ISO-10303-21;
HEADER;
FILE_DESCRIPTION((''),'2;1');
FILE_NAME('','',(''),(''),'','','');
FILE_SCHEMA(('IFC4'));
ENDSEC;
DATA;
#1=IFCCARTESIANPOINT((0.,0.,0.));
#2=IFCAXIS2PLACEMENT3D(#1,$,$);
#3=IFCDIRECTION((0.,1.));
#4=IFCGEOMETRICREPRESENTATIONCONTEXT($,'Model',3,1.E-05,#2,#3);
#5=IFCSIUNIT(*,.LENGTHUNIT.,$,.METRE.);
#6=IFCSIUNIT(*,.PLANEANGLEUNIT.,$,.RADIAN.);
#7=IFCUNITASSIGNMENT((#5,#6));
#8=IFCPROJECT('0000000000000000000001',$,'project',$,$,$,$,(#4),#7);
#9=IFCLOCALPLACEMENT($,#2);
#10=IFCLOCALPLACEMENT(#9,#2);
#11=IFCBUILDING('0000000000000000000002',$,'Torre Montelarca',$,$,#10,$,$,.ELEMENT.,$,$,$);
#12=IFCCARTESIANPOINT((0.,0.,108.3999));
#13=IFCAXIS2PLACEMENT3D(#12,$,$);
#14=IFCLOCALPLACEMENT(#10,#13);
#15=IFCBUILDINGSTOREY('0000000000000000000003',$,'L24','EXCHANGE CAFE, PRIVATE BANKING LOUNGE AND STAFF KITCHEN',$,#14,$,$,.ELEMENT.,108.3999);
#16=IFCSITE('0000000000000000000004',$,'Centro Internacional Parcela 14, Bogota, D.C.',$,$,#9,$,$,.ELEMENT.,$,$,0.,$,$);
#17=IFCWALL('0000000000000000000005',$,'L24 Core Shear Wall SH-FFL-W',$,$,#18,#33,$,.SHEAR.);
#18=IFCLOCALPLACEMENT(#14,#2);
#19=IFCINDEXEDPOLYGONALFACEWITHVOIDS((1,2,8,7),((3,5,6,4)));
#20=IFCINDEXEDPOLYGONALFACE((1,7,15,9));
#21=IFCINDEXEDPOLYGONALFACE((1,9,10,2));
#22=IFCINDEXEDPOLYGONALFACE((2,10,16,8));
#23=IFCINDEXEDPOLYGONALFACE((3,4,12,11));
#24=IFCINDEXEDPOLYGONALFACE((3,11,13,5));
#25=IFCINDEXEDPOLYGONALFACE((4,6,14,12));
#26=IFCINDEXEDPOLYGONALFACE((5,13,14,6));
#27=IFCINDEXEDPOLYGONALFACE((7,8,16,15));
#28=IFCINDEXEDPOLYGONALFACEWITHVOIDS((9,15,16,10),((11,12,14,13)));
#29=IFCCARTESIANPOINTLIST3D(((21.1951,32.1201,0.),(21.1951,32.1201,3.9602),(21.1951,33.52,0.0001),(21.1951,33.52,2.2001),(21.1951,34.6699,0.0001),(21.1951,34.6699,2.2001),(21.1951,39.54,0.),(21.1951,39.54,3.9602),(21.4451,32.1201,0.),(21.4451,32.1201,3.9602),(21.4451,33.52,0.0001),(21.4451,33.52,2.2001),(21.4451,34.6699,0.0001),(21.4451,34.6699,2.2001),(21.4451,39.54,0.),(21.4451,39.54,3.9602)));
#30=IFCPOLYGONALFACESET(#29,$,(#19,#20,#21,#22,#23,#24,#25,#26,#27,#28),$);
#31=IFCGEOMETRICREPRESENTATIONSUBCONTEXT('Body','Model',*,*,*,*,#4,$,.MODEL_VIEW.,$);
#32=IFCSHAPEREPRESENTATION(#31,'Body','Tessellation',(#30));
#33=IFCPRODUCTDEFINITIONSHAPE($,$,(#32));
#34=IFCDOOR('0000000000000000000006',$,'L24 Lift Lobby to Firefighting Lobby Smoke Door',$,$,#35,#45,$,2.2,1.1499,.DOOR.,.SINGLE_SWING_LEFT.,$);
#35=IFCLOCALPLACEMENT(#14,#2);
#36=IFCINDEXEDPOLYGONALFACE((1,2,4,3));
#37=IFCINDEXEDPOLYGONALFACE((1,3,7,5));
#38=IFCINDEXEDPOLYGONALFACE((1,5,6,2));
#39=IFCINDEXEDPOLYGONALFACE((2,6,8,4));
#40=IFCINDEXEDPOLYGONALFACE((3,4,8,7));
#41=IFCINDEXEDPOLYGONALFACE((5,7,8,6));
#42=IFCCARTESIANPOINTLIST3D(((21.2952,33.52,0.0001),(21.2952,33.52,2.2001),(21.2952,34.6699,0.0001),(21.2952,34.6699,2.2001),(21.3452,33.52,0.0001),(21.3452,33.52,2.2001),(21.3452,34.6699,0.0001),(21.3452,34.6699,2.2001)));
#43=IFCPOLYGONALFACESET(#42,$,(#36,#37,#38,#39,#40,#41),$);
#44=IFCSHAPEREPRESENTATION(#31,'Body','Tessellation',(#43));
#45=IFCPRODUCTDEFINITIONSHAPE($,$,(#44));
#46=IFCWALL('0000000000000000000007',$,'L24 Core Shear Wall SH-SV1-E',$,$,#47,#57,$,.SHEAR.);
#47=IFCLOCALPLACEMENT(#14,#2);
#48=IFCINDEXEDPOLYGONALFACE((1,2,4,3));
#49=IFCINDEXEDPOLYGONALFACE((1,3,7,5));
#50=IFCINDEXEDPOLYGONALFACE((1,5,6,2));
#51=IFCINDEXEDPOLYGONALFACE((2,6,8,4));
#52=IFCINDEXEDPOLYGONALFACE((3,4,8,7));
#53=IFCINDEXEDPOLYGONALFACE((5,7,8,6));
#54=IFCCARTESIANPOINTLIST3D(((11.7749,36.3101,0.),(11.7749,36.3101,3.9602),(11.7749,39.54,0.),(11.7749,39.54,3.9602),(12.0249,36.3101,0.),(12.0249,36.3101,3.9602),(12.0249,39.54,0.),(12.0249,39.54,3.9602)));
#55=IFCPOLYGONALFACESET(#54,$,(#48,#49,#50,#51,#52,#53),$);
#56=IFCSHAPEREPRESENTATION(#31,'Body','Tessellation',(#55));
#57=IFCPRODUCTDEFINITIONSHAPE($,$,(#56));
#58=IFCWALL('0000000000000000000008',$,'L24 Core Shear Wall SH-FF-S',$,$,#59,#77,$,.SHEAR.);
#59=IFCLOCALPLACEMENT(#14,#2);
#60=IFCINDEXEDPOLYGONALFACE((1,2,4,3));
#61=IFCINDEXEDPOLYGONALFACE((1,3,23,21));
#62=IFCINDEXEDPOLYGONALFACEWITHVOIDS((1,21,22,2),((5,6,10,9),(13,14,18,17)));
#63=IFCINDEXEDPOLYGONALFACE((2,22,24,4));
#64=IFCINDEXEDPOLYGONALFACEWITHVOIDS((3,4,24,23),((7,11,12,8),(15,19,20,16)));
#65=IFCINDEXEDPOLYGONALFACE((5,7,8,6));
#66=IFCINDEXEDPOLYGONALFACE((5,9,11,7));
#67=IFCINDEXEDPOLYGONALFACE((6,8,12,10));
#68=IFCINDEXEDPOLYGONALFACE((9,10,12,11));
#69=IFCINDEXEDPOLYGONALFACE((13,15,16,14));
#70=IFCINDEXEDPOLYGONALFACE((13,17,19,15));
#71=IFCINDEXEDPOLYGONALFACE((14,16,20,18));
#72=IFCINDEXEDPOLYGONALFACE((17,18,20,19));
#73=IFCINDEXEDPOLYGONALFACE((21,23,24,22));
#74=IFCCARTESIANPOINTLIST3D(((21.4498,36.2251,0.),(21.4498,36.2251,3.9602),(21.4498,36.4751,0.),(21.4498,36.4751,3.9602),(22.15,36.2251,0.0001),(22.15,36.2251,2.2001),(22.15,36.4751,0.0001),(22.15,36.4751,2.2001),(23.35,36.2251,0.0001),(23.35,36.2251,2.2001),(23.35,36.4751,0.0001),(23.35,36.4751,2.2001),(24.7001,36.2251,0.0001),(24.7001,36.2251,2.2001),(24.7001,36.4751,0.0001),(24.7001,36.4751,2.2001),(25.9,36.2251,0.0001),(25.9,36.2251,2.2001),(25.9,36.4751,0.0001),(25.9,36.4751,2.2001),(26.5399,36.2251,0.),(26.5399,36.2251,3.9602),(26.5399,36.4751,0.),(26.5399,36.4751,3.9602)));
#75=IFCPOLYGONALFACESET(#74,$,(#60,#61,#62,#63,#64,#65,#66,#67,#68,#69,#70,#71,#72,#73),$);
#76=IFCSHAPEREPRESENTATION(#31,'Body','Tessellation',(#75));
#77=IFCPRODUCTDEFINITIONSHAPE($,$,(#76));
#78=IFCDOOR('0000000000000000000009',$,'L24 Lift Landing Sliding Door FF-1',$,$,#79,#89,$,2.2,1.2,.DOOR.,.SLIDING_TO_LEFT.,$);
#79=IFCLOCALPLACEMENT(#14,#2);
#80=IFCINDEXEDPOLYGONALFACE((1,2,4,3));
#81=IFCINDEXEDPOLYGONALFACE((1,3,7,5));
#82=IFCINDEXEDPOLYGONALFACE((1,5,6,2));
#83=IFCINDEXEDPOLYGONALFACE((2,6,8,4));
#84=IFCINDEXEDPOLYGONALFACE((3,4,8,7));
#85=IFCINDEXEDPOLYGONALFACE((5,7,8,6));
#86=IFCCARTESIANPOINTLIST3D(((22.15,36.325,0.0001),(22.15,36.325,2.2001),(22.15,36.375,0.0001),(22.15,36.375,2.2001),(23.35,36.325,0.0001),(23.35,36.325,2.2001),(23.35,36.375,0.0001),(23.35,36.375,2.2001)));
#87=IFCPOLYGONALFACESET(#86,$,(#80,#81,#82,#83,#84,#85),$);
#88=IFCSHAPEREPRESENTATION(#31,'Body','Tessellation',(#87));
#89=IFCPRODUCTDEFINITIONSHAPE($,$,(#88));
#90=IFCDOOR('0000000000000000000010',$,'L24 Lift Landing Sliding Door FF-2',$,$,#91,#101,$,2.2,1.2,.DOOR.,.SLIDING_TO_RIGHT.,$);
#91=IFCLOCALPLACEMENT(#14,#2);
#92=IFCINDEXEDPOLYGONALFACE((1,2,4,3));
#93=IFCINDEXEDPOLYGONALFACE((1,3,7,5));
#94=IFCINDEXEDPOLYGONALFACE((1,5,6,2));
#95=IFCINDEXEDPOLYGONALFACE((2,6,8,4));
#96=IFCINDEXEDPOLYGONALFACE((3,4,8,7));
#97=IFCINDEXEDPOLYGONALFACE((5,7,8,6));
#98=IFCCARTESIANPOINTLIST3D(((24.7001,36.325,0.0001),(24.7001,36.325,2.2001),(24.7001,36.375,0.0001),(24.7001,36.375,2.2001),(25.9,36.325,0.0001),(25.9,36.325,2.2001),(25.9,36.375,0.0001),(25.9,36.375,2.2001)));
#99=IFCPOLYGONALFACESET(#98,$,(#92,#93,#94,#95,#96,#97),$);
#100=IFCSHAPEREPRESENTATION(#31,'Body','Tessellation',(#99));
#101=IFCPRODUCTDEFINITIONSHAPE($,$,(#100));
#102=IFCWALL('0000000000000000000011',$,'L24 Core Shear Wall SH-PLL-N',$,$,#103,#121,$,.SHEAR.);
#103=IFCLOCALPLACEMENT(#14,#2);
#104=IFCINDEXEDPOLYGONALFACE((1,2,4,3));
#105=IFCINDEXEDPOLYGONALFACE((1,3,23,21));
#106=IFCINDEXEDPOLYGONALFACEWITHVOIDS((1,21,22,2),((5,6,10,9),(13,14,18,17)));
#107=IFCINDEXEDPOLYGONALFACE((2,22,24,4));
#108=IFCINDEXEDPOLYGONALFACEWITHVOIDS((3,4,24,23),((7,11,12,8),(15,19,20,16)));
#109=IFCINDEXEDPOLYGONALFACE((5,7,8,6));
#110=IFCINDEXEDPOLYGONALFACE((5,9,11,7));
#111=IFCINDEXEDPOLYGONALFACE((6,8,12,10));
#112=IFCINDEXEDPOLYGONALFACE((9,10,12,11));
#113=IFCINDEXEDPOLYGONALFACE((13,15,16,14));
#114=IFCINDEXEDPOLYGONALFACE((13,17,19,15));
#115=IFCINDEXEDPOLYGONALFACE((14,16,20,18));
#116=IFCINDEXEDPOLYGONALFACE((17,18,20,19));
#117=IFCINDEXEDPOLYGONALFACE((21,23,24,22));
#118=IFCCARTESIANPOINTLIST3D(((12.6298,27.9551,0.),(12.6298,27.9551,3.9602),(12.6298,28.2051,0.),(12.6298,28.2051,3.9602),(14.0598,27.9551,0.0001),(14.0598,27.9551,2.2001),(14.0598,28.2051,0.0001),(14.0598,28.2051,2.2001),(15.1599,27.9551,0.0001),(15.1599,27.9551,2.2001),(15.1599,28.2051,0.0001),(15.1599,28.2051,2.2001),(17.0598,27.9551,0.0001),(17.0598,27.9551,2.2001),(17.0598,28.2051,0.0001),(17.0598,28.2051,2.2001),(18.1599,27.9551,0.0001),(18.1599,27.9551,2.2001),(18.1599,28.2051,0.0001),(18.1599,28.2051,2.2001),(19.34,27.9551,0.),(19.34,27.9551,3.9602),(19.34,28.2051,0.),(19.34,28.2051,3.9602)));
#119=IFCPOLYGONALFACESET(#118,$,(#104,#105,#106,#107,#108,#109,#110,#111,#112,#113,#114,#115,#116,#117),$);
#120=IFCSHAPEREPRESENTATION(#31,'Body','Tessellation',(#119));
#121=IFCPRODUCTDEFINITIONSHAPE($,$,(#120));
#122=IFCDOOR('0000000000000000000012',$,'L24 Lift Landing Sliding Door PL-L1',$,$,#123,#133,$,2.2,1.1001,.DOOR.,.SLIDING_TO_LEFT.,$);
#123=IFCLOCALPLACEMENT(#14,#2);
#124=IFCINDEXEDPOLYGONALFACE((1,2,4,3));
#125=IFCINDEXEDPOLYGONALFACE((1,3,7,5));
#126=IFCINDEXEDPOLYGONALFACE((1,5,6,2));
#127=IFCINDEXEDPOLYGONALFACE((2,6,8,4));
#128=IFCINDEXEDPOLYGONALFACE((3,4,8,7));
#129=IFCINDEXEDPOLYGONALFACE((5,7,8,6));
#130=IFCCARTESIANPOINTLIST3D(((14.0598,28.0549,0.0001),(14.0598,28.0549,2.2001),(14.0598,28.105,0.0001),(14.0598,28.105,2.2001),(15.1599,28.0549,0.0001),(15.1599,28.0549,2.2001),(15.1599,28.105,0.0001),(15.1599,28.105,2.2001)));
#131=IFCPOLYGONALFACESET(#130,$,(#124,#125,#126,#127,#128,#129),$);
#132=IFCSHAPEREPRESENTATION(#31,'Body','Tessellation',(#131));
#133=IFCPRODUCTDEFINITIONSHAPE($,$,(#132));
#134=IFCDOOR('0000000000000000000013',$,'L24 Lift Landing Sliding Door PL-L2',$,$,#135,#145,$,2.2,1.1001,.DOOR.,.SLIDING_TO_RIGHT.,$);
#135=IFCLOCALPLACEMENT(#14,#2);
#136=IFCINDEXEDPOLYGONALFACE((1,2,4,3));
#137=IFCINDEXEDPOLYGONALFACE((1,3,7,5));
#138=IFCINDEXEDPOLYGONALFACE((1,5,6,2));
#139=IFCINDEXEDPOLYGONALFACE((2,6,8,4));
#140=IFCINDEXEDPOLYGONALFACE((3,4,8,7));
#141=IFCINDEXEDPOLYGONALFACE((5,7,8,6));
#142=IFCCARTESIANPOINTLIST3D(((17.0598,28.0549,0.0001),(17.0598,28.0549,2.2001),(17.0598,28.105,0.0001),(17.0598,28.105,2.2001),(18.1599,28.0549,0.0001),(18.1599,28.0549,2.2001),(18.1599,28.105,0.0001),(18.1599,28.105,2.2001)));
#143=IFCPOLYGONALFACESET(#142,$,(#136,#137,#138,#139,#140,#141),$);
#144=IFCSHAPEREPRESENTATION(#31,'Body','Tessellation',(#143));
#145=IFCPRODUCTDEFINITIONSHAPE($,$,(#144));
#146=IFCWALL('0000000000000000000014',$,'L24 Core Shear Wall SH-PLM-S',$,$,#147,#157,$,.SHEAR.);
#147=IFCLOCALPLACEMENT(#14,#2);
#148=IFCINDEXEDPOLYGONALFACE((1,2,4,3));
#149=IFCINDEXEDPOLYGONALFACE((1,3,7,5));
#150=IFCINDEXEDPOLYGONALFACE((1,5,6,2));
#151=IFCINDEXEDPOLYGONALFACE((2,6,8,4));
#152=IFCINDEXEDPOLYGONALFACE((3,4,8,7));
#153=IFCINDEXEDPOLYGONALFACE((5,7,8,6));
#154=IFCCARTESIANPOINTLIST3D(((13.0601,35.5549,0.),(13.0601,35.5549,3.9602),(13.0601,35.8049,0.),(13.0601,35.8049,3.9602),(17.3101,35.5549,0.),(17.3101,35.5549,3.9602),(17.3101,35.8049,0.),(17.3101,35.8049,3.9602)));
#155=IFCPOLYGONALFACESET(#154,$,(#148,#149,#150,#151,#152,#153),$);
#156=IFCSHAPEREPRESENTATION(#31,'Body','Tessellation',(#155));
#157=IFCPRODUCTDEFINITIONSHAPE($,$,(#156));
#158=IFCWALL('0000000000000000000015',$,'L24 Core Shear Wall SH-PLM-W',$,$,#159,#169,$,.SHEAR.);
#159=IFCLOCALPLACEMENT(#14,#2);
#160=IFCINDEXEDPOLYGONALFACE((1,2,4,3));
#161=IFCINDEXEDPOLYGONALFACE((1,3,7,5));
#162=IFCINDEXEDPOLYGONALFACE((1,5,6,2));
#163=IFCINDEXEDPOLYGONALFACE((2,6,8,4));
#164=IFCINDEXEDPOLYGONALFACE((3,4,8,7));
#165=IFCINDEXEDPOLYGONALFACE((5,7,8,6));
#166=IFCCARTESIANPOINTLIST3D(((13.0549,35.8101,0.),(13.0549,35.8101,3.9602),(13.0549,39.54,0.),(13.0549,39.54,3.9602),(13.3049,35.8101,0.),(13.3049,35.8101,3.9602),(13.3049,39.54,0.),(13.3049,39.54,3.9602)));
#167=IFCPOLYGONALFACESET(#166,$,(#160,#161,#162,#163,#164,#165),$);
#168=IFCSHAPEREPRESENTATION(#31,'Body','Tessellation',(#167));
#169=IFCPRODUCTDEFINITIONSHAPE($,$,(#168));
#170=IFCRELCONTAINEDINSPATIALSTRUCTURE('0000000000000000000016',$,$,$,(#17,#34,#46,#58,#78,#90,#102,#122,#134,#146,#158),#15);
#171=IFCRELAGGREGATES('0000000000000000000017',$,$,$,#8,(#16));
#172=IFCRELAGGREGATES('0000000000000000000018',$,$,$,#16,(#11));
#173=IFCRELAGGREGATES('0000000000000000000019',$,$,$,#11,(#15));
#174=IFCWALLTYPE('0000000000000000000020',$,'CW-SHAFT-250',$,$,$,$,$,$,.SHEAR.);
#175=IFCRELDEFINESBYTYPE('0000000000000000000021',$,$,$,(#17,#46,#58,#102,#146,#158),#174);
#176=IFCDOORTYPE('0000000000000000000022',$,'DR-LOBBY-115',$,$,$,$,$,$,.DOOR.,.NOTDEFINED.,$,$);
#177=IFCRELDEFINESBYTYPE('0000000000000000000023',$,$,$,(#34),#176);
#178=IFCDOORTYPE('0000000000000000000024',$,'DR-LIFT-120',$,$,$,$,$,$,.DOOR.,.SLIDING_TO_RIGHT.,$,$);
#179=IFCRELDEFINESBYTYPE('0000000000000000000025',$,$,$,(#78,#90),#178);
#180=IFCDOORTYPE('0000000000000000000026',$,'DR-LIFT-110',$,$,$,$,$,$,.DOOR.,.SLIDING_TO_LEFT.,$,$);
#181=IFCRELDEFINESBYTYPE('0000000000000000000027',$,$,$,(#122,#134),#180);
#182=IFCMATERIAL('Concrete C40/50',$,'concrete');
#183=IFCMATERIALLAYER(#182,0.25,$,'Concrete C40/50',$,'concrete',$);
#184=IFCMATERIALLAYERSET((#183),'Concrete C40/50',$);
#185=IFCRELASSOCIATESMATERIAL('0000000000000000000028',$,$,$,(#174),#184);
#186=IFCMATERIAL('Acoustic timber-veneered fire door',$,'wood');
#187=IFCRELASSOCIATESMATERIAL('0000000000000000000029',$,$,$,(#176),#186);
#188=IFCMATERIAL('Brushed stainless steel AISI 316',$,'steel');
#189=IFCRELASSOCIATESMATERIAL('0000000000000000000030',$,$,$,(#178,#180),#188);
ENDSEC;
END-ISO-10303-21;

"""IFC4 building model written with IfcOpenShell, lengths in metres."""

from ifc_helpers import new_model, si_unit, direction, frame, frame_2d, origin, place, context, subcontext, project, spatial, rectangle, extrude, source, transform, mapped, material, layer, layer_set, type_object, element, fill, save


model = new_model("IFC4")

# Units and contexts
model_context = context("Model", 3, precision=1e-05, world=origin(), true_north=direction((0.0, 1.0)))
body_context = subcontext(model_context, "Body", "Model", "MODEL_VIEW")
ifc_project = project(units=[si_unit("LENGTHUNIT", "METRE"), si_unit("PLANEANGLEUNIT", "RADIAN")], contexts=[model_context])

# Site, building, storey
site_placement = place(None, origin())
site = spatial("IfcSite", under=ifc_project, at=site_placement, Name="Centro Internacional Parcela 14, Bogota, D.C.", CompositionType="ELEMENT", RefElevation=0.0)
building_placement = place(site_placement, origin())
building = spatial("IfcBuilding", under=site, at=building_placement, Name="Torre Montelarca", CompositionType="ELEMENT")
storey_placement = place(building_placement, frame((0.0, 0.0, 108.3999)))
storey = spatial("IfcBuildingStorey", under=building, at=storey_placement, Name="L24", Description="EXCHANGE CAFE, PRIVATE BANKING LOUNGE AND STAFF KITCHEN", CompositionType="ELEMENT", Elevation=108.3999)

# Wall, opening, door
ifc_material_1 = material(Name="Concrete C40/50", Category="concrete")
ifc_layer_1 = layer(ifc_material_1, 0.25, Name="Concrete C40/50", Category="concrete")
ifc_layer_set_1 = layer_set([ifc_layer_1], Name="Concrete C40/50")
wall_type_1 = type_object("IfcWallType", Name="CW-SHAFT-250", PredefinedType="SHEAR", material=ifc_layer_set_1)
wall_1_placement = place(storey_placement, frame((21.3201, 32.1201, 0.0), z_axis=(0.0, 0.0, 1.0), x_axis=(0.0, 1.0, 0.0)))
wall_1 = element("IfcWall", 1, at=wall_1_placement, inside=storey, type_object=wall_type_1, Name="L24 Core Shear Wall SH-FFL-W", PredefinedType="SHEAR", context=body_context, shape_type="SweptSolid", body=[
    extrude(rectangle(XDim=7.4199, YDim=0.25, at=frame_2d((3.71, 0.0))), origin(), (0.0, 0.0, 1.0), 3.9602),
])
opening_1_placement = place(wall_1_placement, frame((1.3999, 0.0, 0.0)))
opening_1 = element("IfcOpeningElement", 2, at=opening_1_placement, cuts=wall_1, PredefinedType="OPENING", context=body_context, shape_type="SweptSolid", body=[
    extrude(rectangle(XDim=1.1499, YDim=2.2, at=frame_2d((0.575, 1.1001))), frame((0.0, 0.135, 0.0), z_axis=(0.0, -1.0, 0.0), x_axis=(1.0, 0.0, 0.0)), (0.0, 0.0, 1.0), 0.27),
])
ifc_material_2 = material(Name="Acoustic timber-veneered fire door", Category="wood")
door_type_1 = type_object("IfcDoorType", Name="DR-LOBBY-115", OperationType="NOTDEFINED", PredefinedType="DOOR", material=ifc_material_2)
shared_shape_1 = source(origin(), body_context, "Body", "SweptSolid", [
    extrude(rectangle(XDim=1.1499, YDim=2.2, at=frame_2d((0.575, 1.1001))), frame((0.0, 0.0249, 0.0), z_axis=(0.0, -1.0, 0.0), x_axis=(1.0, 0.0, 0.0)), (0.0, 0.0, 1.0), 0.05),
])
door_1_placement = place(opening_1_placement, origin())
door_1 = element("IfcDoor", 3, at=door_1_placement, inside=storey, type_object=door_type_1, Name="L24 Lift Lobby to Firefighting Lobby Smoke Door", OperationType="SINGLE_SWING_LEFT", OverallHeight=2.2, OverallWidth=1.1499, PredefinedType="DOOR", context=body_context, shape_type="MappedRepresentation", body=[
    mapped(shared_shape_1, transform((0.0, 0.0, 0.0), scale=1.0)),
])
fill(opening_1, door_1)

# Wall
wall_2_placement = place(storey_placement, frame((11.8999, 36.3101, 0.0), z_axis=(0.0, 0.0, 1.0), x_axis=(0.0, 1.0, 0.0)))
element("IfcWall", 4, at=wall_2_placement, inside=storey, type_object=wall_type_1, Name="L24 Core Shear Wall SH-SV1-E", PredefinedType="SHEAR", context=body_context, shape_type="SweptSolid", body=[
    extrude(rectangle(XDim=3.23, YDim=0.25, at=frame_2d((1.615, 0.0))), origin(), (0.0, 0.0, 1.0), 3.9602),
])

# Walls, openings, doors
wall_3_placement = place(storey_placement, frame((21.45, 36.3501, 0.0), z_axis=(0.0, 0.0, 1.0), x_axis=(1.0, 0.0, 0.0)))
wall_3 = element("IfcWall", 5, at=wall_3_placement, inside=storey, type_object=wall_type_1, Name="L24 Core Shear Wall SH-FF-S", PredefinedType="SHEAR", context=body_context, shape_type="SweptSolid", body=[
    extrude(rectangle(XDim=5.0901, YDim=0.25, at=frame_2d((2.5449, 0.0))), origin(), (0.0, 0.0, 1.0), 3.9602),
])
opening_2_placement = place(wall_3_placement, frame((0.7, 0.0, 0.0)))
opening_2 = element("IfcOpeningElement", 6, at=opening_2_placement, cuts=wall_3, PredefinedType="OPENING", context=body_context, shape_type="SweptSolid", body=[
    extrude(rectangle(XDim=1.2, YDim=2.2, at=frame_2d((0.6001, 1.1001))), frame((0.0, 0.135, 0.0), z_axis=(0.0, -1.0, 0.0), x_axis=(1.0, 0.0, 0.0)), (0.0, 0.0, 1.0), 0.27),
])
opening_3_placement = place(wall_3_placement, frame((3.25, 0.0, 0.0)))
opening_3 = element("IfcOpeningElement", 7, at=opening_3_placement, cuts=wall_3, PredefinedType="OPENING", context=body_context, shape_type="SweptSolid", body=[
    extrude(rectangle(XDim=1.2, YDim=2.2, at=frame_2d((0.6001, 1.1001))), frame((0.0, 0.135, 0.0), z_axis=(0.0, -1.0, 0.0), x_axis=(1.0, 0.0, 0.0)), (0.0, 0.0, 1.0), 0.27),
])
ifc_material_3 = material(Name="Brushed stainless steel AISI 316", Category="steel")
door_type_2 = type_object("IfcDoorType", Name="DR-LIFT-120", OperationType="SLIDING_TO_RIGHT", PredefinedType="DOOR", material=ifc_material_3)
shared_shape_2 = source(origin(), body_context, "Body", "SweptSolid", [
    extrude(rectangle(XDim=1.2, YDim=2.2, at=frame_2d((0.6001, 1.1001))), frame((0.0, 0.0249, 0.0), z_axis=(0.0, -1.0, 0.0), x_axis=(1.0, 0.0, 0.0)), (0.0, 0.0, 1.0), 0.05),
])
door_2_placement = place(opening_2_placement, origin())
door_2 = element("IfcDoor", 8, at=door_2_placement, inside=storey, type_object=door_type_2, Name="L24 Lift Landing Sliding Door FF-1", OperationType="SLIDING_TO_LEFT", OverallHeight=2.2, OverallWidth=1.2, PredefinedType="DOOR", context=body_context, shape_type="MappedRepresentation", body=[
    mapped(shared_shape_2, transform((0.0, 0.0, 0.0), scale=1.0)),
])
fill(opening_2, door_2)
door_3_placement = place(opening_3_placement, origin())
door_3 = element("IfcDoor", 9, at=door_3_placement, inside=storey, type_object=door_type_2, Name="L24 Lift Landing Sliding Door FF-2", OperationType="SLIDING_TO_RIGHT", OverallHeight=2.2, OverallWidth=1.2, PredefinedType="DOOR", context=body_context, shape_type="MappedRepresentation", body=[
    mapped(shared_shape_2, transform((0.0, 0.0, 0.0), scale=1.0)),
])
fill(opening_3, door_3)
wall_4_placement = place(storey_placement, frame((12.6299, 28.0801, 0.0), z_axis=(0.0, 0.0, 1.0), x_axis=(1.0, 0.0, 0.0)))
wall_4 = element("IfcWall", 10, at=wall_4_placement, inside=storey, type_object=wall_type_1, Name="L24 Core Shear Wall SH-PLL-N", PredefinedType="SHEAR", context=body_context, shape_type="SweptSolid", body=[
    extrude(rectangle(XDim=6.7102, YDim=0.25, at=frame_2d((3.355, 0.0))), origin(), (0.0, 0.0, 1.0), 3.9602),
])
opening_4_placement = place(wall_4_placement, frame((1.4299, 0.0, 0.0)))
opening_4 = element("IfcOpeningElement", 11, at=opening_4_placement, cuts=wall_4, PredefinedType="OPENING", context=body_context, shape_type="SweptSolid", body=[
    extrude(rectangle(XDim=1.1001, YDim=2.2, at=frame_2d((0.55, 1.1001))), frame((0.0, 0.135, 0.0), z_axis=(0.0, -1.0, 0.0), x_axis=(1.0, 0.0, 0.0)), (0.0, 0.0, 1.0), 0.27),
])
opening_5_placement = place(wall_4_placement, frame((4.4299, 0.0, 0.0)))
opening_5 = element("IfcOpeningElement", 12, at=opening_5_placement, cuts=wall_4, PredefinedType="OPENING", context=body_context, shape_type="SweptSolid", body=[
    extrude(rectangle(XDim=1.1001, YDim=2.2, at=frame_2d((0.55, 1.1001))), frame((0.0, 0.135, 0.0), z_axis=(0.0, -1.0, 0.0), x_axis=(1.0, 0.0, 0.0)), (0.0, 0.0, 1.0), 0.27),
])
door_type_3 = type_object("IfcDoorType", Name="DR-LIFT-110", OperationType="SLIDING_TO_LEFT", PredefinedType="DOOR", material=ifc_material_3)
shared_shape_3 = source(origin(), body_context, "Body", "SweptSolid", [
    extrude(rectangle(XDim=1.1001, YDim=2.2, at=frame_2d((0.55, 1.1001))), frame((0.0, 0.0249, 0.0), z_axis=(0.0, -1.0, 0.0), x_axis=(1.0, 0.0, 0.0)), (0.0, 0.0, 1.0), 0.05),
])
door_4_placement = place(opening_4_placement, origin())
door_4 = element("IfcDoor", 13, at=door_4_placement, inside=storey, type_object=door_type_3, Name="L24 Lift Landing Sliding Door PL-L1", OperationType="SLIDING_TO_LEFT", OverallHeight=2.2, OverallWidth=1.1001, PredefinedType="DOOR", context=body_context, shape_type="MappedRepresentation", body=[
    mapped(shared_shape_3, transform((0.0, 0.0, 0.0), scale=1.0)),
])
fill(opening_4, door_4)
door_5_placement = place(opening_5_placement, origin())
door_5 = element("IfcDoor", 14, at=door_5_placement, inside=storey, type_object=door_type_3, Name="L24 Lift Landing Sliding Door PL-L2", OperationType="SLIDING_TO_RIGHT", OverallHeight=2.2, OverallWidth=1.1001, PredefinedType="DOOR", context=body_context, shape_type="MappedRepresentation", body=[
    mapped(shared_shape_3, transform((0.0, 0.0, 0.0), scale=1.0)),
])
fill(opening_5, door_5)

# Walls
wall_5_placement = place(storey_placement, frame((13.0601, 35.6799, 0.0), z_axis=(0.0, 0.0, 1.0), x_axis=(1.0, 0.0, 0.0)))
element("IfcWall", 15, at=wall_5_placement, inside=storey, type_object=wall_type_1, Name="L24 Core Shear Wall SH-PLM-S", PredefinedType="SHEAR", context=body_context, shape_type="SweptSolid", body=[
    extrude(rectangle(XDim=4.25, YDim=0.25, at=frame_2d((2.125, 0.0))), origin(), (0.0, 0.0, 1.0), 3.9602),
])
for number, where, z_axis, x_axis, name in (
    (16, (13.1799, 35.8101, 0.0), (0.0, 0.0, 1.0), (0.0, 1.0, 0.0), "L24 Core Shear Wall SH-PLM-W"),
):
    element("IfcWall", number, at=place(storey_placement, frame(where, z_axis=z_axis, x_axis=x_axis)), inside=storey, type_object=wall_type_1, Name=name, PredefinedType="SHEAR", context=body_context, shape_type="SweptSolid", body=[
        extrude(rectangle(XDim=3.73, YDim=0.25, at=frame_2d((1.865, 0.0))), origin(), (0.0, 0.0, 1.0), 3.9602),
    ])

save(model, "model.ifc")
